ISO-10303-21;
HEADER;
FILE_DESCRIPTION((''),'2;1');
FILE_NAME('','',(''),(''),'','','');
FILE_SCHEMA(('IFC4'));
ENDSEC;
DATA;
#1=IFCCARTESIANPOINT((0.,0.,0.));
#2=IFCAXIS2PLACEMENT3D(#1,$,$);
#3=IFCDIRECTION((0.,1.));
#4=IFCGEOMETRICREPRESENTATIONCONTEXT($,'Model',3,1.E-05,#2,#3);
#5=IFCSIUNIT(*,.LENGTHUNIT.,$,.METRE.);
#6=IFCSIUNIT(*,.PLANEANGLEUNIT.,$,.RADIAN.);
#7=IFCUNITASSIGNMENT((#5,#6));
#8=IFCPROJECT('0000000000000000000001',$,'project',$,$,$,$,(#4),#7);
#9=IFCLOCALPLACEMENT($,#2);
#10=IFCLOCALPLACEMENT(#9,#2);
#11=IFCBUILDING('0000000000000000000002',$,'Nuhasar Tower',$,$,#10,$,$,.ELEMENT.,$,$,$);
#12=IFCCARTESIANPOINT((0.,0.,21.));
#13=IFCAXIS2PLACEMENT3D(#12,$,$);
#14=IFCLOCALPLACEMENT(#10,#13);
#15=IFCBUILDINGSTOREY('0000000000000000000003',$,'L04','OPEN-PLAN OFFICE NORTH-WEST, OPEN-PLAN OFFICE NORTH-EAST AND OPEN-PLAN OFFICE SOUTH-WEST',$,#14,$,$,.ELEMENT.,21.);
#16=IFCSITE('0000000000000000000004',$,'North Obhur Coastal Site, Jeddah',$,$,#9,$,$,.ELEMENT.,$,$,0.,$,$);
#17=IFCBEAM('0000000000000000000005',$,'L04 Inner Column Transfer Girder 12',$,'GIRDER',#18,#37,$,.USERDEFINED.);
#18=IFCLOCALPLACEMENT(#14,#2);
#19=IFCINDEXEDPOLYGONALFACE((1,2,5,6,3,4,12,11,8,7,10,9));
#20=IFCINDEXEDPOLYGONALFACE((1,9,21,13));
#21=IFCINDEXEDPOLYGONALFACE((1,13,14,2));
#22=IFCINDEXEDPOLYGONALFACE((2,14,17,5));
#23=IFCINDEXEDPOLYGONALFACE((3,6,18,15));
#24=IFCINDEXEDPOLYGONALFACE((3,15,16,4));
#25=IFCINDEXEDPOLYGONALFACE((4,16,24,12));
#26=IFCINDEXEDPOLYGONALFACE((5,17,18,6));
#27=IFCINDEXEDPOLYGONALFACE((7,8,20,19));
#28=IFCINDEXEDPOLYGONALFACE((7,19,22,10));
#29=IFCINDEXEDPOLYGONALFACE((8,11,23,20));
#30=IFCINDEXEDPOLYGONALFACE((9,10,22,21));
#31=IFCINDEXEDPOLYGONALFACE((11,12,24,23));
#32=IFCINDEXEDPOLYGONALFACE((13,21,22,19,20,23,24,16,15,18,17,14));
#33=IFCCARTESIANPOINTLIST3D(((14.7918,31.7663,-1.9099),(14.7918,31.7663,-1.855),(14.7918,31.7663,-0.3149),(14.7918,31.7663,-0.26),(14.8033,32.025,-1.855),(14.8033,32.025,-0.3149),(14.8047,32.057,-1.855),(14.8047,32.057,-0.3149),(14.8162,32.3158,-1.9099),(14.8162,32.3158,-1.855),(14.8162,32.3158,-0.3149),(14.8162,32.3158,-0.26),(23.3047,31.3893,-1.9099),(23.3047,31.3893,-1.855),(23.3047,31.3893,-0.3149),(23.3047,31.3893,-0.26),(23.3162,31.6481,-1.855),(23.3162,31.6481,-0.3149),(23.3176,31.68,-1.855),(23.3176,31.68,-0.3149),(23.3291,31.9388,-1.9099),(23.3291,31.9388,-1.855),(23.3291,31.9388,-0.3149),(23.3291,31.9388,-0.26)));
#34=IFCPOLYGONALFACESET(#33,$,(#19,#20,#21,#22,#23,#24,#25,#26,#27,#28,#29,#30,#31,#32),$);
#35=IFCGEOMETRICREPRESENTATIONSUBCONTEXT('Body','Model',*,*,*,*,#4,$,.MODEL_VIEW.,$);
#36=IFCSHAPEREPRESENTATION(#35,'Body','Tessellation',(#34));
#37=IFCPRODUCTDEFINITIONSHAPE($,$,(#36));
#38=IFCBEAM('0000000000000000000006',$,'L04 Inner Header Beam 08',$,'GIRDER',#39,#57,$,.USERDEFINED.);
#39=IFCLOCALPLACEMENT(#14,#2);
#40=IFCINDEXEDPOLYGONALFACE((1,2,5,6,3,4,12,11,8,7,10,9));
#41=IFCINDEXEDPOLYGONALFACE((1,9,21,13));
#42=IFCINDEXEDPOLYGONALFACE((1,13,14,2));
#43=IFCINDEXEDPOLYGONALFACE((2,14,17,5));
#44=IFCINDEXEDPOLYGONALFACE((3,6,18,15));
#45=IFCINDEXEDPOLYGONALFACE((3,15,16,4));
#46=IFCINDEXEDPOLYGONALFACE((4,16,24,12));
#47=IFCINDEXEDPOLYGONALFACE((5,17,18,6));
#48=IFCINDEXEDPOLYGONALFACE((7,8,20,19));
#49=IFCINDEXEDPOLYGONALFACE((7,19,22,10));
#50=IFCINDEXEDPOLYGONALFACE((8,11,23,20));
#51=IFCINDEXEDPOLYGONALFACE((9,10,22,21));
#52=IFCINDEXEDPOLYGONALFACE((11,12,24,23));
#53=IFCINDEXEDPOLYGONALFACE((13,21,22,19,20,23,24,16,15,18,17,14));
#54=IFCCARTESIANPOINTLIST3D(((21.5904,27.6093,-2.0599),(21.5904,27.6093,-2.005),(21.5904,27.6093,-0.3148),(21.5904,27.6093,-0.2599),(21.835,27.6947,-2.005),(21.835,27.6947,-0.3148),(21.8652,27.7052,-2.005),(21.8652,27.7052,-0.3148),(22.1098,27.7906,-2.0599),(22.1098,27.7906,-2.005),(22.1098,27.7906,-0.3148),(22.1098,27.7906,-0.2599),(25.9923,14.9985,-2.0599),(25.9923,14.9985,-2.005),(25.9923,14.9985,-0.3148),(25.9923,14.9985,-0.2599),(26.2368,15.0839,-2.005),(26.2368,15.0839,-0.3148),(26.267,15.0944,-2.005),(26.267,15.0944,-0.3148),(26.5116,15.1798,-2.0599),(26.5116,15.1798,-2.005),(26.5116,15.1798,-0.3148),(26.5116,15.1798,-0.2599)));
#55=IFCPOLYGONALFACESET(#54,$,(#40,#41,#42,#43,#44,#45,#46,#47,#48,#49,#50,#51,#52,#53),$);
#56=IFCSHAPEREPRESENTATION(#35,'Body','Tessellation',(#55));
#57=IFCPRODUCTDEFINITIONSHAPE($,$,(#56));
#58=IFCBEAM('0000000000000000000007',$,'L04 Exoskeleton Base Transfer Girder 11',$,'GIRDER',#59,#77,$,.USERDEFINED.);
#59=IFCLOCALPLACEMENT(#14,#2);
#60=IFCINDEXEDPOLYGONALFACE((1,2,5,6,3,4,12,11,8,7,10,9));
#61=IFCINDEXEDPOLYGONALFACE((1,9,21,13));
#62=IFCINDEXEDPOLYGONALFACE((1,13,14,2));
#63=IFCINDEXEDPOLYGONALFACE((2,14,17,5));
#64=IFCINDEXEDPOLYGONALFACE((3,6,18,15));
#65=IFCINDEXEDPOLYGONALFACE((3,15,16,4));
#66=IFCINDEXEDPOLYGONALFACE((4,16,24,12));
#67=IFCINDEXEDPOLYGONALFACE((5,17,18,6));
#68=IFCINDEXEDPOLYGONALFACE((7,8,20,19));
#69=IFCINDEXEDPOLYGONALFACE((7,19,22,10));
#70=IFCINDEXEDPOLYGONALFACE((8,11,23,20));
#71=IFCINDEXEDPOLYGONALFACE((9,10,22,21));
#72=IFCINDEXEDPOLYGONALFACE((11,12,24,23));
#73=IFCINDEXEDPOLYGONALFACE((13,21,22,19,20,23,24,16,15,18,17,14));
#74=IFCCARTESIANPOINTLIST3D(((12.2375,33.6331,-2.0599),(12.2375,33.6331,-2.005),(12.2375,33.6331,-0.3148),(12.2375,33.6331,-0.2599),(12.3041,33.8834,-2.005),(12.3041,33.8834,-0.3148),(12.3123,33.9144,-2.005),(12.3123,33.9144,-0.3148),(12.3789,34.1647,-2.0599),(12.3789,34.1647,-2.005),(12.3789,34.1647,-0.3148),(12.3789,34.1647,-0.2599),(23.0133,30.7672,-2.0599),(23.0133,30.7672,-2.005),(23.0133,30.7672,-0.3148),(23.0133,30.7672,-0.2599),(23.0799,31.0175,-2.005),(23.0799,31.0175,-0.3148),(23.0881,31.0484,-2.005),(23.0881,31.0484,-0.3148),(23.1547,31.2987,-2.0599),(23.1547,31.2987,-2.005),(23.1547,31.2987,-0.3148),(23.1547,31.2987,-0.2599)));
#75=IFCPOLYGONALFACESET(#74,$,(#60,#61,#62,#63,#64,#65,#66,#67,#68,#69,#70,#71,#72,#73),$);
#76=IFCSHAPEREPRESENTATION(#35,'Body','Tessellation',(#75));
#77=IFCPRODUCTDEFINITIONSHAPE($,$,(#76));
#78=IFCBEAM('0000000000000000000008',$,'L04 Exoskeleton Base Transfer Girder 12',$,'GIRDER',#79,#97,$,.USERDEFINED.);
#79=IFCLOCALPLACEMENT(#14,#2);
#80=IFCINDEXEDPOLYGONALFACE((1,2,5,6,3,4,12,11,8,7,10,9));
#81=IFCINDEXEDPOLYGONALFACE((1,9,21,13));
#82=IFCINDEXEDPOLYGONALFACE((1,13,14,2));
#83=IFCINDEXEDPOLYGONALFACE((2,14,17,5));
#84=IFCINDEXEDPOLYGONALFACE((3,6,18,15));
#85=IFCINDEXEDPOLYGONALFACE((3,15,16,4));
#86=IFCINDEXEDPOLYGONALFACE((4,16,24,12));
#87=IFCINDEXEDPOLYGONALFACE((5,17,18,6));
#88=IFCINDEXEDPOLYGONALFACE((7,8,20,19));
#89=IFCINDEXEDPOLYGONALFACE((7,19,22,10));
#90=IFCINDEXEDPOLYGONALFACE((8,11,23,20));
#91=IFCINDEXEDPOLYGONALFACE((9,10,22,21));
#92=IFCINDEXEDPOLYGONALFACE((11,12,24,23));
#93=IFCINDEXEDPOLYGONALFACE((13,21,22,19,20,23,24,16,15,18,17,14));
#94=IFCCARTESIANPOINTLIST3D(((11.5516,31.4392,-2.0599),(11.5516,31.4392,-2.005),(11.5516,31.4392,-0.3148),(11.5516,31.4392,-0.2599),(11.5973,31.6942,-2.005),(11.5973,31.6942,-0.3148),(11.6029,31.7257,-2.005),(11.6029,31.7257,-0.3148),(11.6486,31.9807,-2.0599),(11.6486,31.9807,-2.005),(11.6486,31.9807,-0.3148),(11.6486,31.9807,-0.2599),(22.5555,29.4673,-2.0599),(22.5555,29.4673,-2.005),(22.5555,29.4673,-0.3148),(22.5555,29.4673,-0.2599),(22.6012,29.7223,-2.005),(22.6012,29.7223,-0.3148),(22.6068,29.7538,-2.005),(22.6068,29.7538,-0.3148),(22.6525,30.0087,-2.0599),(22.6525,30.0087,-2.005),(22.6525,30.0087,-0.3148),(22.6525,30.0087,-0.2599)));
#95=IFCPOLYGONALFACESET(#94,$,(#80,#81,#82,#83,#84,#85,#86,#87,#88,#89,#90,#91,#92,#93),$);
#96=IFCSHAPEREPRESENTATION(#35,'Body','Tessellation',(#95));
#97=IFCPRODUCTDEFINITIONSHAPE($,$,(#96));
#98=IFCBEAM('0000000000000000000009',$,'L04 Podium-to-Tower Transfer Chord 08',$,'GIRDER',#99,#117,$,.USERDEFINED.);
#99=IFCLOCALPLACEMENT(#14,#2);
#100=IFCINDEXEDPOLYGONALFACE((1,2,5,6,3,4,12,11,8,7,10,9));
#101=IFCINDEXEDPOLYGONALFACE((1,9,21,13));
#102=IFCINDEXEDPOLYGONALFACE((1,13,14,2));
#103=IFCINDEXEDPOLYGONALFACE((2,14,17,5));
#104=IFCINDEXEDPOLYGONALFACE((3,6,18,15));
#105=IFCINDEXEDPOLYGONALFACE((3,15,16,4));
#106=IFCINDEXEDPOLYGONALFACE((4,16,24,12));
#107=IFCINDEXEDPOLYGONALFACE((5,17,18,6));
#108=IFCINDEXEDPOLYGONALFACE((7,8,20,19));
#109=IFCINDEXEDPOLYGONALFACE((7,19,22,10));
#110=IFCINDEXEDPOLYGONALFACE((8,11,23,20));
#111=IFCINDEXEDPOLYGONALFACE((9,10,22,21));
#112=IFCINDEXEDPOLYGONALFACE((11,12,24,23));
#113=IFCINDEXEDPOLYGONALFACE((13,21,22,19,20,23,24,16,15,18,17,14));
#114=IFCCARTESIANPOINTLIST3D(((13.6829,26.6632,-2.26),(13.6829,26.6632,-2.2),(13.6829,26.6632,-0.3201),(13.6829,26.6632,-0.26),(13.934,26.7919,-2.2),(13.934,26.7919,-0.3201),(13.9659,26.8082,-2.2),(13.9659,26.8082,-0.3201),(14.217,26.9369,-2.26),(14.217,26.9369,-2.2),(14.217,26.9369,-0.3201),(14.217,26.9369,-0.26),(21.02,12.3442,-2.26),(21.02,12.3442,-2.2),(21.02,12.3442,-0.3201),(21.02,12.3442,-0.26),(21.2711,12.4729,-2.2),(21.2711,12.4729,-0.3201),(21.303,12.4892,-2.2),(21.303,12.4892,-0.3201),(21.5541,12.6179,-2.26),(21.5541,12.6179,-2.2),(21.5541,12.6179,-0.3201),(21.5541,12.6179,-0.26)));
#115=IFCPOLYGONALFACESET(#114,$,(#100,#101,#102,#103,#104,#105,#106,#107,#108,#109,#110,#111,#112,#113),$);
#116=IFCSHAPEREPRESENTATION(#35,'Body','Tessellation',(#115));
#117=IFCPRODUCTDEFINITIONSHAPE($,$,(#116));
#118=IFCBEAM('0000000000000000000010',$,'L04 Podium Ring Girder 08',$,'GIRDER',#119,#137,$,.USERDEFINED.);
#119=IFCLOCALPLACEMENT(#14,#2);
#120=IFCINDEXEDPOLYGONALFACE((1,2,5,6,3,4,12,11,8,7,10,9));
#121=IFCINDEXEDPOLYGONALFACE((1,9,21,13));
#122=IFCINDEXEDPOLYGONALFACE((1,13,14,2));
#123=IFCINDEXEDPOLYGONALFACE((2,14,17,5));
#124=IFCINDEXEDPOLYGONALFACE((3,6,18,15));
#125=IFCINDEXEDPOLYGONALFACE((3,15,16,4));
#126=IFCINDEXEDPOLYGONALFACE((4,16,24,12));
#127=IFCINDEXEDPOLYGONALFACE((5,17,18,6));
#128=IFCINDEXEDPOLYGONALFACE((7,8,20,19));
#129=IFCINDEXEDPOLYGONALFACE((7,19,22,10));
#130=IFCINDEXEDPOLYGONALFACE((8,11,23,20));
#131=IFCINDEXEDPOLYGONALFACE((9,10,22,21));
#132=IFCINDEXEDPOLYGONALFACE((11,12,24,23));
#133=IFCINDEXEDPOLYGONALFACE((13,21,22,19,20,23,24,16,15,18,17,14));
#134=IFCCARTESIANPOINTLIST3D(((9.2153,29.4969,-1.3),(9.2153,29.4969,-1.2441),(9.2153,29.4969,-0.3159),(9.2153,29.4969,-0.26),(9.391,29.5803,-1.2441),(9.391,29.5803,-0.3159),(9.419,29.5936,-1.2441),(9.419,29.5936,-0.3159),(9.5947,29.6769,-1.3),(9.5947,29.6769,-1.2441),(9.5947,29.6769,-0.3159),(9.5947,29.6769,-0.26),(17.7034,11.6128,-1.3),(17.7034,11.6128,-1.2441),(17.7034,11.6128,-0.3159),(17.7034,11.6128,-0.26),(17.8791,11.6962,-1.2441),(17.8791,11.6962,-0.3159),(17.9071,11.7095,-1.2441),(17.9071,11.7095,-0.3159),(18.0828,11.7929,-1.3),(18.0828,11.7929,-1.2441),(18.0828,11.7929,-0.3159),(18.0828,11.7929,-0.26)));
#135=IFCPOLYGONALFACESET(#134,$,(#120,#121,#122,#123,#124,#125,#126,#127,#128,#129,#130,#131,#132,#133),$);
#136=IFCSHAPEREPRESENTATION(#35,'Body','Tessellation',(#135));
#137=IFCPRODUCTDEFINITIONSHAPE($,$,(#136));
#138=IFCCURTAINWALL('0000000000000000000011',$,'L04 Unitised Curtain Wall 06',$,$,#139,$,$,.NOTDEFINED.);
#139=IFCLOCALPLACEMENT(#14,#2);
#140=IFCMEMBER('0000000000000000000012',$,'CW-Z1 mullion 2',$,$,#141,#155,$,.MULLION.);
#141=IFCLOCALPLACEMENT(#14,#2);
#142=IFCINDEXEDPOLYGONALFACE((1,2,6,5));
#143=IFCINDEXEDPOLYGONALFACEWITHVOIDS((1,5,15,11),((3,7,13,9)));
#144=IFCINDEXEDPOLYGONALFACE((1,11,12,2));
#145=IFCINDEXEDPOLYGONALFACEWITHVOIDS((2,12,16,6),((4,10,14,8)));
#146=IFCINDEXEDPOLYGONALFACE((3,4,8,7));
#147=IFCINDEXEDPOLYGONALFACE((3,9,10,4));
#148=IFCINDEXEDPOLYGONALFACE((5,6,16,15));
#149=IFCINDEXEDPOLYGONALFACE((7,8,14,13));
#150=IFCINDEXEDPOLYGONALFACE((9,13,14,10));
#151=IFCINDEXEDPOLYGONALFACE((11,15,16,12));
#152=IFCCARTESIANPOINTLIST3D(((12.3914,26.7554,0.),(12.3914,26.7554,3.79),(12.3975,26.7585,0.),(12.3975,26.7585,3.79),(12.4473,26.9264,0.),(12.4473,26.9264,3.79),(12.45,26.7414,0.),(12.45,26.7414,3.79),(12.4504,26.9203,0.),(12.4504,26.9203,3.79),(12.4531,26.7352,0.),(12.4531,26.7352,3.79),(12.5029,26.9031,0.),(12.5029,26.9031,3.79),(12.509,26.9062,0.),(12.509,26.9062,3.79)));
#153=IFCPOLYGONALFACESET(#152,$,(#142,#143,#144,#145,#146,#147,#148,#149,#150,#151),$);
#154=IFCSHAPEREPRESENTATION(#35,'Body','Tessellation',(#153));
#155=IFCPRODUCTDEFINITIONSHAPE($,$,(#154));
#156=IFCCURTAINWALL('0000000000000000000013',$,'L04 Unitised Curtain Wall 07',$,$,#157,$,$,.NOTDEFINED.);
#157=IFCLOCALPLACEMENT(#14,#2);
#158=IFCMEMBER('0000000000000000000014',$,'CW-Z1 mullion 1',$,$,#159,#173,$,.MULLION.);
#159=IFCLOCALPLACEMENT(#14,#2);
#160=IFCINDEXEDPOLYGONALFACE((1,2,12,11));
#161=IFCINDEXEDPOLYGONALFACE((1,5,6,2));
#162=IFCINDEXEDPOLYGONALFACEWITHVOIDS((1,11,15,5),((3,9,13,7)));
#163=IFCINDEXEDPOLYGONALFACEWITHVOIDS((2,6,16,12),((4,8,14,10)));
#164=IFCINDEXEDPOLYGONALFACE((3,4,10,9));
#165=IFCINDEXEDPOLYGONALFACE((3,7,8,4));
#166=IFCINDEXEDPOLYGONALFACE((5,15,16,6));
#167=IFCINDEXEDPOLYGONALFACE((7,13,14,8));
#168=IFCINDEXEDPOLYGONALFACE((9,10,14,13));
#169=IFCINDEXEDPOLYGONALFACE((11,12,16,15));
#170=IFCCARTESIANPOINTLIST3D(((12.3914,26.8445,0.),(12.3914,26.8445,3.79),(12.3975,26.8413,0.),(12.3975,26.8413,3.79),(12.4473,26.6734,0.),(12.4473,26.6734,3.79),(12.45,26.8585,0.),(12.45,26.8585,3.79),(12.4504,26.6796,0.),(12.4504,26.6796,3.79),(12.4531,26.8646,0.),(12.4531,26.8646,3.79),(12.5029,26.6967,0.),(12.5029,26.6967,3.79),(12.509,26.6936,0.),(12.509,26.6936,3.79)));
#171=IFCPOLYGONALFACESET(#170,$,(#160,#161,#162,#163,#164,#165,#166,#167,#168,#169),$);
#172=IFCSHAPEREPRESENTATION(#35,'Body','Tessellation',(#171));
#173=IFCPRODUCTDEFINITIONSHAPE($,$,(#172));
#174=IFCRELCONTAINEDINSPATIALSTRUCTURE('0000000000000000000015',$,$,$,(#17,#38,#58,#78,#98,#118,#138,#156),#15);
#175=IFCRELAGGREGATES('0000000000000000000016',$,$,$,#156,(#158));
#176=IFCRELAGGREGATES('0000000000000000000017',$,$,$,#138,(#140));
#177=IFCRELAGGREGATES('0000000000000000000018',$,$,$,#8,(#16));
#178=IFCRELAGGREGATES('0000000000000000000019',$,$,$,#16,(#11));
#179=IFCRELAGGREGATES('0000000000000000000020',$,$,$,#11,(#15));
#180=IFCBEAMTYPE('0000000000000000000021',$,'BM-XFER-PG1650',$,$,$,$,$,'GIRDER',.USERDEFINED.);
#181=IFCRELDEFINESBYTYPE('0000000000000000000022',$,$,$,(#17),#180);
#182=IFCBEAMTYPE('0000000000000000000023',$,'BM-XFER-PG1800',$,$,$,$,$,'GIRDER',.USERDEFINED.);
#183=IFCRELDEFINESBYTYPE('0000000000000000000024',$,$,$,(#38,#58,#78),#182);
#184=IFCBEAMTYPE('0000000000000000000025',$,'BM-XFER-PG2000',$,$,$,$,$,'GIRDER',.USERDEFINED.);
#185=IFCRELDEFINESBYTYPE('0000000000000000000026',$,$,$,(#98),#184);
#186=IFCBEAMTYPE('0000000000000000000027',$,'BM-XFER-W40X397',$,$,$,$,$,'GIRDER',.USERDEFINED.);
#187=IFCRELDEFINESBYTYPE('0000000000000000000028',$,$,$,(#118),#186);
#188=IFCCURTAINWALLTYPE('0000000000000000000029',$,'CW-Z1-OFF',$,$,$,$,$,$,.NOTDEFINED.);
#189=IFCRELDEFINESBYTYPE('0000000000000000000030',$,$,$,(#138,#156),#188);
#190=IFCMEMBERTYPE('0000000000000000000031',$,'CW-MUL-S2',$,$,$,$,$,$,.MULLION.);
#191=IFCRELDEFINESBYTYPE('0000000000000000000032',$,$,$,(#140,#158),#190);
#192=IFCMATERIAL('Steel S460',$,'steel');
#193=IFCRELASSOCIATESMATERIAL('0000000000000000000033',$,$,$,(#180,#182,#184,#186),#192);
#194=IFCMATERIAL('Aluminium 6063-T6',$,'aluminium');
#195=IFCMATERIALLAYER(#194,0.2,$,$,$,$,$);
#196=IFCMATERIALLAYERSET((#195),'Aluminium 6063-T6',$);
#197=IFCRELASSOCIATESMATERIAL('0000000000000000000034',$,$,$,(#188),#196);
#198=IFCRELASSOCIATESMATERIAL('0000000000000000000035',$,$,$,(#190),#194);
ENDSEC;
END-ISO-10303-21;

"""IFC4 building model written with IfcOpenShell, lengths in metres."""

from ifc_helpers import new_model, si_unit, direction, frame, origin, origin_2d, place, context, subcontext, project, spatial, hollow_rectangle, i_section, extrude, material, layer, layer_set, material_profile, profile_set, type_object, element, aggregate, save


model = new_model("IFC4")

# Units and contexts
model_context = context("Model", 3, precision=1e-05, world=origin(), true_north=direction((0.0, 1.0)))
body_context = subcontext(model_context, "Body", "Model", "MODEL_VIEW")
ifc_project = project(units=[si_unit("LENGTHUNIT", "METRE"), si_unit("PLANEANGLEUNIT", "RADIAN")], contexts=[model_context])

# Site, building, storey
site_placement = place(None, origin())
site = spatial("IfcSite", under=ifc_project, at=site_placement, Name="North Obhur Coastal Site, Jeddah", CompositionType="ELEMENT", RefElevation=0.0)
building_placement = place(site_placement, origin())
building = spatial("IfcBuilding", under=site, at=building_placement, Name="Nuhasar Tower", CompositionType="ELEMENT")
storey_placement = place(building_placement, frame((0.0, 0.0, 21.0)))
storey = spatial("IfcBuildingStorey", under=building, at=storey_placement, Name="L04", Description="OPEN-PLAN OFFICE NORTH-WEST, OPEN-PLAN OFFICE NORTH-EAST AND OPEN-PLAN OFFICE SOUTH-WEST", CompositionType="ELEMENT", Elevation=21.0)

# Beams
ifc_material_1 = material(Name="Steel S460", Category="steel")
ifc_material_profile_1 = material_profile(ifc_material_1, i_section(OverallWidth=0.55, OverallDepth=1.6499, WebThickness=0.032, FlangeThickness=0.0549, at=origin_2d()), Name="PG1650X550")
ifc_profile_set_1 = profile_set([ifc_material_profile_1], Name="Steel S460")
beam_type_1 = type_object("IfcBeamType", Name="BM-XFER-PG1650", ElementType="GIRDER", PredefinedType="USERDEFINED", material=ifc_profile_set_1)
beam_1_placement = place(storey_placement, frame((23.3169, 31.6641, -1.085), z_axis=(-0.999021, 0.044237, 0.0), x_axis=(-0.044237, -0.999021, 0.0)))
element("IfcBeam", 1, at=beam_1_placement, inside=storey, type_object=beam_type_1, Name="L04 Inner Column Transfer Girder 12", ObjectType="GIRDER", PredefinedType="USERDEFINED", context=body_context, shape_type="SweptSolid", body=[
    extrude(i_section(OverallWidth=0.55, OverallDepth=1.6499, WebThickness=0.032, FlangeThickness=0.0549, at=origin_2d()), origin(), (0.0, 0.0, 1.0), 8.5212),
])
ifc_material_profile_2 = material_profile(ifc_material_1, i_section(OverallWidth=0.55, OverallDepth=1.8, WebThickness=0.032, FlangeThickness=0.0549, at=origin_2d()), Name="PG1800X550")
ifc_profile_set_2 = profile_set([ifc_material_profile_2], Name="Steel S460")
beam_type_2 = type_object("IfcBeamType", Name="BM-XFER-PG1800", ElementType="GIRDER", PredefinedType="USERDEFINED", material=ifc_profile_set_2)
beam_2_placement = place(storey_placement, frame((21.8501, 27.7, -1.1599), z_axis=(0.329554, -0.944137, 0.0), x_axis=(0.944137, 0.329554, 0.0)))
element("IfcBeam", 2, at=beam_2_placement, inside=storey, type_object=beam_type_2, Name="L04 Inner Header Beam 08", ObjectType="GIRDER", PredefinedType="USERDEFINED", context=body_context, shape_type="SweptSolid", body=[
    extrude(i_section(OverallWidth=0.55, OverallDepth=1.8, WebThickness=0.032, FlangeThickness=0.0549, at=origin_2d()), origin(), (0.0, 0.0, 1.0), 13.3569),
])
beam_3_placement = place(storey_placement, frame((23.084, 31.033, -1.1599), z_axis=(-0.966404, 0.257026, 0.0), x_axis=(-0.257026, -0.966404, 0.0)))
element("IfcBeam", 3, at=beam_3_placement, inside=storey, type_object=beam_type_2, Name="L04 Exoskeleton Base Transfer Girder 11", ObjectType="GIRDER", PredefinedType="USERDEFINED", context=body_context, shape_type="SweptSolid", body=[
    extrude(i_section(OverallWidth=0.55, OverallDepth=1.8, WebThickness=0.032, FlangeThickness=0.0549, at=origin_2d()), origin(), (0.0, 0.0, 1.0), 11.1504),
])
beam_4_placement = place(storey_placement, frame((22.604, 29.738, -1.1599), z_axis=(-0.98432, 0.176392, 0.0), x_axis=(-0.176392, -0.98432, 0.0)))
element("IfcBeam", 4, at=beam_4_placement, inside=storey, type_object=beam_type_2, Name="L04 Exoskeleton Base Transfer Girder 12", ObjectType="GIRDER", PredefinedType="USERDEFINED", context=body_context, shape_type="SweptSolid", body=[
    extrude(i_section(OverallWidth=0.55, OverallDepth=1.8, WebThickness=0.032, FlangeThickness=0.0549, at=origin_2d()), origin(), (0.0, 0.0, 1.0), 11.1792),
])
ifc_material_profile_3 = material_profile(ifc_material_1, i_section(OverallWidth=0.6001, OverallDepth=2.0, WebThickness=0.0359, FlangeThickness=0.0601, at=origin_2d()), Name="PG2000X600")
ifc_profile_set_3 = profile_set([ifc_material_profile_3], Name="Steel S460")
beam_type_3 = type_object("IfcBeamType", Name="BM-XFER-PG2000", ElementType="GIRDER", PredefinedType="USERDEFINED", material=ifc_profile_set_3)
beam_5_placement = place(storey_placement, frame((13.95, 26.8, -1.26), z_axis=(0.456023, -0.889968, 0.0), x_axis=(0.889968, 0.456023, 0.0)))
element("IfcBeam", 5, at=beam_5_placement, inside=storey, type_object=beam_type_3, Name="L04 Podium-to-Tower Transfer Chord 08", ObjectType="GIRDER", PredefinedType="USERDEFINED", context=body_context, shape_type="SweptSolid", body=[
    extrude(i_section(OverallWidth=0.6001, OverallDepth=2.0, WebThickness=0.0359, FlangeThickness=0.0601, at=origin_2d()), origin(), (0.0, 0.0, 1.0), 16.0894),
])
ifc_material_profile_4 = material_profile(ifc_material_1, i_section(OverallWidth=0.4199, OverallDepth=1.04, WebThickness=0.031, FlangeThickness=0.0559, at=origin_2d()), Name="W40X397")
ifc_profile_set_4 = profile_set([ifc_material_profile_4], Name="Steel S460")
beam_type_4 = type_object("IfcBeamType", Name="BM-XFER-W40X397", ElementType="GIRDER", PredefinedType="USERDEFINED", material=ifc_profile_set_4)
beam_6_placement = place(storey_placement, frame((9.405, 29.5869, -0.78), z_axis=(0.428773, -0.903412, 0.0), x_axis=(0.903412, 0.428773, 0.0)))
element("IfcBeam", 6, at=beam_6_placement, inside=storey, type_object=beam_type_4, Name="L04 Podium Ring Girder 08", ObjectType="GIRDER", PredefinedType="USERDEFINED", context=body_context, shape_type="SweptSolid", body=[
    extrude(i_section(OverallWidth=0.4199, OverallDepth=1.04, WebThickness=0.031, FlangeThickness=0.0559, at=origin_2d()), origin(), (0.0, 0.0, 1.0), 19.7961),
])

# Curtain wall, member
ifc_material_2 = material(Name="Aluminium 6063-T6", Category="aluminium")
ifc_layer_1 = layer(ifc_material_2, 0.2)
ifc_layer_set_1 = layer_set([ifc_layer_1], Name="Aluminium 6063-T6")
curtain_wall_type = type_object("IfcCurtainWallType", Name="CW-Z1-OFF", PredefinedType="NOTDEFINED", material=ifc_layer_set_1)
curtain_wall_1_placement = place(storey_placement, origin())
curtain_wall_1 = element("IfcCurtainWall", 7, at=curtain_wall_1_placement, inside=storey, type_object=curtain_wall_type, Name="L04 Unitised Curtain Wall 06", PredefinedType="NOTDEFINED")
ifc_material_profile_5 = material_profile(ifc_material_2, hollow_rectangle(XDim=0.0649, YDim=0.1799, WallThickness=0.0049, at=origin_2d()), Name="CWM-2")
ifc_profile_set_5 = profile_set([ifc_material_profile_5], Name="Aluminium 6063-T6")
member_type_1 = type_object("IfcMemberType", Name="CW-MUL-S2", PredefinedType="MULLION", material=ifc_profile_set_5)
member_1_placement = place(storey_placement, frame((12.4502, 26.8308, 0.0), z_axis=(0.0, 0.0, 1.0), x_axis=(0.950468, -0.310824, 0.0)))
member_1 = element("IfcMember", 8, at=member_1_placement, type_object=member_type_1, Name="CW-Z1 mullion 2", PredefinedType="MULLION", context=body_context, shape_type="SweptSolid", body=[
    extrude(hollow_rectangle(XDim=0.0649, YDim=0.1799, WallThickness=0.0049, at=origin_2d()), origin(), (0.0, 0.0, 1.0), 3.79),
])

# Curtain wall, member
curtain_wall_2_placement = place(storey_placement, origin())
curtain_wall_2 = element("IfcCurtainWall", 9, at=curtain_wall_2_placement, inside=storey, type_object=curtain_wall_type, Name="L04 Unitised Curtain Wall 07", PredefinedType="NOTDEFINED")
member_2_placement = place(storey_placement, frame((12.4502, 26.769, 0.0), z_axis=(0.0, 0.0, 1.0), x_axis=(0.950468, 0.310824, 0.0)))
member_2 = element("IfcMember", 10, at=member_2_placement, type_object=member_type_1, Name="CW-Z1 mullion 1", PredefinedType="MULLION", context=body_context, shape_type="SweptSolid", body=[
    extrude(hollow_rectangle(XDim=0.0649, YDim=0.1799, WallThickness=0.0049, at=origin_2d()), origin(), (0.0, 0.0, 1.0), 3.79),
])
aggregate(curtain_wall_2, [member_2])

aggregate(curtain_wall_1, [member_1])

save(model, "model.ifc")
